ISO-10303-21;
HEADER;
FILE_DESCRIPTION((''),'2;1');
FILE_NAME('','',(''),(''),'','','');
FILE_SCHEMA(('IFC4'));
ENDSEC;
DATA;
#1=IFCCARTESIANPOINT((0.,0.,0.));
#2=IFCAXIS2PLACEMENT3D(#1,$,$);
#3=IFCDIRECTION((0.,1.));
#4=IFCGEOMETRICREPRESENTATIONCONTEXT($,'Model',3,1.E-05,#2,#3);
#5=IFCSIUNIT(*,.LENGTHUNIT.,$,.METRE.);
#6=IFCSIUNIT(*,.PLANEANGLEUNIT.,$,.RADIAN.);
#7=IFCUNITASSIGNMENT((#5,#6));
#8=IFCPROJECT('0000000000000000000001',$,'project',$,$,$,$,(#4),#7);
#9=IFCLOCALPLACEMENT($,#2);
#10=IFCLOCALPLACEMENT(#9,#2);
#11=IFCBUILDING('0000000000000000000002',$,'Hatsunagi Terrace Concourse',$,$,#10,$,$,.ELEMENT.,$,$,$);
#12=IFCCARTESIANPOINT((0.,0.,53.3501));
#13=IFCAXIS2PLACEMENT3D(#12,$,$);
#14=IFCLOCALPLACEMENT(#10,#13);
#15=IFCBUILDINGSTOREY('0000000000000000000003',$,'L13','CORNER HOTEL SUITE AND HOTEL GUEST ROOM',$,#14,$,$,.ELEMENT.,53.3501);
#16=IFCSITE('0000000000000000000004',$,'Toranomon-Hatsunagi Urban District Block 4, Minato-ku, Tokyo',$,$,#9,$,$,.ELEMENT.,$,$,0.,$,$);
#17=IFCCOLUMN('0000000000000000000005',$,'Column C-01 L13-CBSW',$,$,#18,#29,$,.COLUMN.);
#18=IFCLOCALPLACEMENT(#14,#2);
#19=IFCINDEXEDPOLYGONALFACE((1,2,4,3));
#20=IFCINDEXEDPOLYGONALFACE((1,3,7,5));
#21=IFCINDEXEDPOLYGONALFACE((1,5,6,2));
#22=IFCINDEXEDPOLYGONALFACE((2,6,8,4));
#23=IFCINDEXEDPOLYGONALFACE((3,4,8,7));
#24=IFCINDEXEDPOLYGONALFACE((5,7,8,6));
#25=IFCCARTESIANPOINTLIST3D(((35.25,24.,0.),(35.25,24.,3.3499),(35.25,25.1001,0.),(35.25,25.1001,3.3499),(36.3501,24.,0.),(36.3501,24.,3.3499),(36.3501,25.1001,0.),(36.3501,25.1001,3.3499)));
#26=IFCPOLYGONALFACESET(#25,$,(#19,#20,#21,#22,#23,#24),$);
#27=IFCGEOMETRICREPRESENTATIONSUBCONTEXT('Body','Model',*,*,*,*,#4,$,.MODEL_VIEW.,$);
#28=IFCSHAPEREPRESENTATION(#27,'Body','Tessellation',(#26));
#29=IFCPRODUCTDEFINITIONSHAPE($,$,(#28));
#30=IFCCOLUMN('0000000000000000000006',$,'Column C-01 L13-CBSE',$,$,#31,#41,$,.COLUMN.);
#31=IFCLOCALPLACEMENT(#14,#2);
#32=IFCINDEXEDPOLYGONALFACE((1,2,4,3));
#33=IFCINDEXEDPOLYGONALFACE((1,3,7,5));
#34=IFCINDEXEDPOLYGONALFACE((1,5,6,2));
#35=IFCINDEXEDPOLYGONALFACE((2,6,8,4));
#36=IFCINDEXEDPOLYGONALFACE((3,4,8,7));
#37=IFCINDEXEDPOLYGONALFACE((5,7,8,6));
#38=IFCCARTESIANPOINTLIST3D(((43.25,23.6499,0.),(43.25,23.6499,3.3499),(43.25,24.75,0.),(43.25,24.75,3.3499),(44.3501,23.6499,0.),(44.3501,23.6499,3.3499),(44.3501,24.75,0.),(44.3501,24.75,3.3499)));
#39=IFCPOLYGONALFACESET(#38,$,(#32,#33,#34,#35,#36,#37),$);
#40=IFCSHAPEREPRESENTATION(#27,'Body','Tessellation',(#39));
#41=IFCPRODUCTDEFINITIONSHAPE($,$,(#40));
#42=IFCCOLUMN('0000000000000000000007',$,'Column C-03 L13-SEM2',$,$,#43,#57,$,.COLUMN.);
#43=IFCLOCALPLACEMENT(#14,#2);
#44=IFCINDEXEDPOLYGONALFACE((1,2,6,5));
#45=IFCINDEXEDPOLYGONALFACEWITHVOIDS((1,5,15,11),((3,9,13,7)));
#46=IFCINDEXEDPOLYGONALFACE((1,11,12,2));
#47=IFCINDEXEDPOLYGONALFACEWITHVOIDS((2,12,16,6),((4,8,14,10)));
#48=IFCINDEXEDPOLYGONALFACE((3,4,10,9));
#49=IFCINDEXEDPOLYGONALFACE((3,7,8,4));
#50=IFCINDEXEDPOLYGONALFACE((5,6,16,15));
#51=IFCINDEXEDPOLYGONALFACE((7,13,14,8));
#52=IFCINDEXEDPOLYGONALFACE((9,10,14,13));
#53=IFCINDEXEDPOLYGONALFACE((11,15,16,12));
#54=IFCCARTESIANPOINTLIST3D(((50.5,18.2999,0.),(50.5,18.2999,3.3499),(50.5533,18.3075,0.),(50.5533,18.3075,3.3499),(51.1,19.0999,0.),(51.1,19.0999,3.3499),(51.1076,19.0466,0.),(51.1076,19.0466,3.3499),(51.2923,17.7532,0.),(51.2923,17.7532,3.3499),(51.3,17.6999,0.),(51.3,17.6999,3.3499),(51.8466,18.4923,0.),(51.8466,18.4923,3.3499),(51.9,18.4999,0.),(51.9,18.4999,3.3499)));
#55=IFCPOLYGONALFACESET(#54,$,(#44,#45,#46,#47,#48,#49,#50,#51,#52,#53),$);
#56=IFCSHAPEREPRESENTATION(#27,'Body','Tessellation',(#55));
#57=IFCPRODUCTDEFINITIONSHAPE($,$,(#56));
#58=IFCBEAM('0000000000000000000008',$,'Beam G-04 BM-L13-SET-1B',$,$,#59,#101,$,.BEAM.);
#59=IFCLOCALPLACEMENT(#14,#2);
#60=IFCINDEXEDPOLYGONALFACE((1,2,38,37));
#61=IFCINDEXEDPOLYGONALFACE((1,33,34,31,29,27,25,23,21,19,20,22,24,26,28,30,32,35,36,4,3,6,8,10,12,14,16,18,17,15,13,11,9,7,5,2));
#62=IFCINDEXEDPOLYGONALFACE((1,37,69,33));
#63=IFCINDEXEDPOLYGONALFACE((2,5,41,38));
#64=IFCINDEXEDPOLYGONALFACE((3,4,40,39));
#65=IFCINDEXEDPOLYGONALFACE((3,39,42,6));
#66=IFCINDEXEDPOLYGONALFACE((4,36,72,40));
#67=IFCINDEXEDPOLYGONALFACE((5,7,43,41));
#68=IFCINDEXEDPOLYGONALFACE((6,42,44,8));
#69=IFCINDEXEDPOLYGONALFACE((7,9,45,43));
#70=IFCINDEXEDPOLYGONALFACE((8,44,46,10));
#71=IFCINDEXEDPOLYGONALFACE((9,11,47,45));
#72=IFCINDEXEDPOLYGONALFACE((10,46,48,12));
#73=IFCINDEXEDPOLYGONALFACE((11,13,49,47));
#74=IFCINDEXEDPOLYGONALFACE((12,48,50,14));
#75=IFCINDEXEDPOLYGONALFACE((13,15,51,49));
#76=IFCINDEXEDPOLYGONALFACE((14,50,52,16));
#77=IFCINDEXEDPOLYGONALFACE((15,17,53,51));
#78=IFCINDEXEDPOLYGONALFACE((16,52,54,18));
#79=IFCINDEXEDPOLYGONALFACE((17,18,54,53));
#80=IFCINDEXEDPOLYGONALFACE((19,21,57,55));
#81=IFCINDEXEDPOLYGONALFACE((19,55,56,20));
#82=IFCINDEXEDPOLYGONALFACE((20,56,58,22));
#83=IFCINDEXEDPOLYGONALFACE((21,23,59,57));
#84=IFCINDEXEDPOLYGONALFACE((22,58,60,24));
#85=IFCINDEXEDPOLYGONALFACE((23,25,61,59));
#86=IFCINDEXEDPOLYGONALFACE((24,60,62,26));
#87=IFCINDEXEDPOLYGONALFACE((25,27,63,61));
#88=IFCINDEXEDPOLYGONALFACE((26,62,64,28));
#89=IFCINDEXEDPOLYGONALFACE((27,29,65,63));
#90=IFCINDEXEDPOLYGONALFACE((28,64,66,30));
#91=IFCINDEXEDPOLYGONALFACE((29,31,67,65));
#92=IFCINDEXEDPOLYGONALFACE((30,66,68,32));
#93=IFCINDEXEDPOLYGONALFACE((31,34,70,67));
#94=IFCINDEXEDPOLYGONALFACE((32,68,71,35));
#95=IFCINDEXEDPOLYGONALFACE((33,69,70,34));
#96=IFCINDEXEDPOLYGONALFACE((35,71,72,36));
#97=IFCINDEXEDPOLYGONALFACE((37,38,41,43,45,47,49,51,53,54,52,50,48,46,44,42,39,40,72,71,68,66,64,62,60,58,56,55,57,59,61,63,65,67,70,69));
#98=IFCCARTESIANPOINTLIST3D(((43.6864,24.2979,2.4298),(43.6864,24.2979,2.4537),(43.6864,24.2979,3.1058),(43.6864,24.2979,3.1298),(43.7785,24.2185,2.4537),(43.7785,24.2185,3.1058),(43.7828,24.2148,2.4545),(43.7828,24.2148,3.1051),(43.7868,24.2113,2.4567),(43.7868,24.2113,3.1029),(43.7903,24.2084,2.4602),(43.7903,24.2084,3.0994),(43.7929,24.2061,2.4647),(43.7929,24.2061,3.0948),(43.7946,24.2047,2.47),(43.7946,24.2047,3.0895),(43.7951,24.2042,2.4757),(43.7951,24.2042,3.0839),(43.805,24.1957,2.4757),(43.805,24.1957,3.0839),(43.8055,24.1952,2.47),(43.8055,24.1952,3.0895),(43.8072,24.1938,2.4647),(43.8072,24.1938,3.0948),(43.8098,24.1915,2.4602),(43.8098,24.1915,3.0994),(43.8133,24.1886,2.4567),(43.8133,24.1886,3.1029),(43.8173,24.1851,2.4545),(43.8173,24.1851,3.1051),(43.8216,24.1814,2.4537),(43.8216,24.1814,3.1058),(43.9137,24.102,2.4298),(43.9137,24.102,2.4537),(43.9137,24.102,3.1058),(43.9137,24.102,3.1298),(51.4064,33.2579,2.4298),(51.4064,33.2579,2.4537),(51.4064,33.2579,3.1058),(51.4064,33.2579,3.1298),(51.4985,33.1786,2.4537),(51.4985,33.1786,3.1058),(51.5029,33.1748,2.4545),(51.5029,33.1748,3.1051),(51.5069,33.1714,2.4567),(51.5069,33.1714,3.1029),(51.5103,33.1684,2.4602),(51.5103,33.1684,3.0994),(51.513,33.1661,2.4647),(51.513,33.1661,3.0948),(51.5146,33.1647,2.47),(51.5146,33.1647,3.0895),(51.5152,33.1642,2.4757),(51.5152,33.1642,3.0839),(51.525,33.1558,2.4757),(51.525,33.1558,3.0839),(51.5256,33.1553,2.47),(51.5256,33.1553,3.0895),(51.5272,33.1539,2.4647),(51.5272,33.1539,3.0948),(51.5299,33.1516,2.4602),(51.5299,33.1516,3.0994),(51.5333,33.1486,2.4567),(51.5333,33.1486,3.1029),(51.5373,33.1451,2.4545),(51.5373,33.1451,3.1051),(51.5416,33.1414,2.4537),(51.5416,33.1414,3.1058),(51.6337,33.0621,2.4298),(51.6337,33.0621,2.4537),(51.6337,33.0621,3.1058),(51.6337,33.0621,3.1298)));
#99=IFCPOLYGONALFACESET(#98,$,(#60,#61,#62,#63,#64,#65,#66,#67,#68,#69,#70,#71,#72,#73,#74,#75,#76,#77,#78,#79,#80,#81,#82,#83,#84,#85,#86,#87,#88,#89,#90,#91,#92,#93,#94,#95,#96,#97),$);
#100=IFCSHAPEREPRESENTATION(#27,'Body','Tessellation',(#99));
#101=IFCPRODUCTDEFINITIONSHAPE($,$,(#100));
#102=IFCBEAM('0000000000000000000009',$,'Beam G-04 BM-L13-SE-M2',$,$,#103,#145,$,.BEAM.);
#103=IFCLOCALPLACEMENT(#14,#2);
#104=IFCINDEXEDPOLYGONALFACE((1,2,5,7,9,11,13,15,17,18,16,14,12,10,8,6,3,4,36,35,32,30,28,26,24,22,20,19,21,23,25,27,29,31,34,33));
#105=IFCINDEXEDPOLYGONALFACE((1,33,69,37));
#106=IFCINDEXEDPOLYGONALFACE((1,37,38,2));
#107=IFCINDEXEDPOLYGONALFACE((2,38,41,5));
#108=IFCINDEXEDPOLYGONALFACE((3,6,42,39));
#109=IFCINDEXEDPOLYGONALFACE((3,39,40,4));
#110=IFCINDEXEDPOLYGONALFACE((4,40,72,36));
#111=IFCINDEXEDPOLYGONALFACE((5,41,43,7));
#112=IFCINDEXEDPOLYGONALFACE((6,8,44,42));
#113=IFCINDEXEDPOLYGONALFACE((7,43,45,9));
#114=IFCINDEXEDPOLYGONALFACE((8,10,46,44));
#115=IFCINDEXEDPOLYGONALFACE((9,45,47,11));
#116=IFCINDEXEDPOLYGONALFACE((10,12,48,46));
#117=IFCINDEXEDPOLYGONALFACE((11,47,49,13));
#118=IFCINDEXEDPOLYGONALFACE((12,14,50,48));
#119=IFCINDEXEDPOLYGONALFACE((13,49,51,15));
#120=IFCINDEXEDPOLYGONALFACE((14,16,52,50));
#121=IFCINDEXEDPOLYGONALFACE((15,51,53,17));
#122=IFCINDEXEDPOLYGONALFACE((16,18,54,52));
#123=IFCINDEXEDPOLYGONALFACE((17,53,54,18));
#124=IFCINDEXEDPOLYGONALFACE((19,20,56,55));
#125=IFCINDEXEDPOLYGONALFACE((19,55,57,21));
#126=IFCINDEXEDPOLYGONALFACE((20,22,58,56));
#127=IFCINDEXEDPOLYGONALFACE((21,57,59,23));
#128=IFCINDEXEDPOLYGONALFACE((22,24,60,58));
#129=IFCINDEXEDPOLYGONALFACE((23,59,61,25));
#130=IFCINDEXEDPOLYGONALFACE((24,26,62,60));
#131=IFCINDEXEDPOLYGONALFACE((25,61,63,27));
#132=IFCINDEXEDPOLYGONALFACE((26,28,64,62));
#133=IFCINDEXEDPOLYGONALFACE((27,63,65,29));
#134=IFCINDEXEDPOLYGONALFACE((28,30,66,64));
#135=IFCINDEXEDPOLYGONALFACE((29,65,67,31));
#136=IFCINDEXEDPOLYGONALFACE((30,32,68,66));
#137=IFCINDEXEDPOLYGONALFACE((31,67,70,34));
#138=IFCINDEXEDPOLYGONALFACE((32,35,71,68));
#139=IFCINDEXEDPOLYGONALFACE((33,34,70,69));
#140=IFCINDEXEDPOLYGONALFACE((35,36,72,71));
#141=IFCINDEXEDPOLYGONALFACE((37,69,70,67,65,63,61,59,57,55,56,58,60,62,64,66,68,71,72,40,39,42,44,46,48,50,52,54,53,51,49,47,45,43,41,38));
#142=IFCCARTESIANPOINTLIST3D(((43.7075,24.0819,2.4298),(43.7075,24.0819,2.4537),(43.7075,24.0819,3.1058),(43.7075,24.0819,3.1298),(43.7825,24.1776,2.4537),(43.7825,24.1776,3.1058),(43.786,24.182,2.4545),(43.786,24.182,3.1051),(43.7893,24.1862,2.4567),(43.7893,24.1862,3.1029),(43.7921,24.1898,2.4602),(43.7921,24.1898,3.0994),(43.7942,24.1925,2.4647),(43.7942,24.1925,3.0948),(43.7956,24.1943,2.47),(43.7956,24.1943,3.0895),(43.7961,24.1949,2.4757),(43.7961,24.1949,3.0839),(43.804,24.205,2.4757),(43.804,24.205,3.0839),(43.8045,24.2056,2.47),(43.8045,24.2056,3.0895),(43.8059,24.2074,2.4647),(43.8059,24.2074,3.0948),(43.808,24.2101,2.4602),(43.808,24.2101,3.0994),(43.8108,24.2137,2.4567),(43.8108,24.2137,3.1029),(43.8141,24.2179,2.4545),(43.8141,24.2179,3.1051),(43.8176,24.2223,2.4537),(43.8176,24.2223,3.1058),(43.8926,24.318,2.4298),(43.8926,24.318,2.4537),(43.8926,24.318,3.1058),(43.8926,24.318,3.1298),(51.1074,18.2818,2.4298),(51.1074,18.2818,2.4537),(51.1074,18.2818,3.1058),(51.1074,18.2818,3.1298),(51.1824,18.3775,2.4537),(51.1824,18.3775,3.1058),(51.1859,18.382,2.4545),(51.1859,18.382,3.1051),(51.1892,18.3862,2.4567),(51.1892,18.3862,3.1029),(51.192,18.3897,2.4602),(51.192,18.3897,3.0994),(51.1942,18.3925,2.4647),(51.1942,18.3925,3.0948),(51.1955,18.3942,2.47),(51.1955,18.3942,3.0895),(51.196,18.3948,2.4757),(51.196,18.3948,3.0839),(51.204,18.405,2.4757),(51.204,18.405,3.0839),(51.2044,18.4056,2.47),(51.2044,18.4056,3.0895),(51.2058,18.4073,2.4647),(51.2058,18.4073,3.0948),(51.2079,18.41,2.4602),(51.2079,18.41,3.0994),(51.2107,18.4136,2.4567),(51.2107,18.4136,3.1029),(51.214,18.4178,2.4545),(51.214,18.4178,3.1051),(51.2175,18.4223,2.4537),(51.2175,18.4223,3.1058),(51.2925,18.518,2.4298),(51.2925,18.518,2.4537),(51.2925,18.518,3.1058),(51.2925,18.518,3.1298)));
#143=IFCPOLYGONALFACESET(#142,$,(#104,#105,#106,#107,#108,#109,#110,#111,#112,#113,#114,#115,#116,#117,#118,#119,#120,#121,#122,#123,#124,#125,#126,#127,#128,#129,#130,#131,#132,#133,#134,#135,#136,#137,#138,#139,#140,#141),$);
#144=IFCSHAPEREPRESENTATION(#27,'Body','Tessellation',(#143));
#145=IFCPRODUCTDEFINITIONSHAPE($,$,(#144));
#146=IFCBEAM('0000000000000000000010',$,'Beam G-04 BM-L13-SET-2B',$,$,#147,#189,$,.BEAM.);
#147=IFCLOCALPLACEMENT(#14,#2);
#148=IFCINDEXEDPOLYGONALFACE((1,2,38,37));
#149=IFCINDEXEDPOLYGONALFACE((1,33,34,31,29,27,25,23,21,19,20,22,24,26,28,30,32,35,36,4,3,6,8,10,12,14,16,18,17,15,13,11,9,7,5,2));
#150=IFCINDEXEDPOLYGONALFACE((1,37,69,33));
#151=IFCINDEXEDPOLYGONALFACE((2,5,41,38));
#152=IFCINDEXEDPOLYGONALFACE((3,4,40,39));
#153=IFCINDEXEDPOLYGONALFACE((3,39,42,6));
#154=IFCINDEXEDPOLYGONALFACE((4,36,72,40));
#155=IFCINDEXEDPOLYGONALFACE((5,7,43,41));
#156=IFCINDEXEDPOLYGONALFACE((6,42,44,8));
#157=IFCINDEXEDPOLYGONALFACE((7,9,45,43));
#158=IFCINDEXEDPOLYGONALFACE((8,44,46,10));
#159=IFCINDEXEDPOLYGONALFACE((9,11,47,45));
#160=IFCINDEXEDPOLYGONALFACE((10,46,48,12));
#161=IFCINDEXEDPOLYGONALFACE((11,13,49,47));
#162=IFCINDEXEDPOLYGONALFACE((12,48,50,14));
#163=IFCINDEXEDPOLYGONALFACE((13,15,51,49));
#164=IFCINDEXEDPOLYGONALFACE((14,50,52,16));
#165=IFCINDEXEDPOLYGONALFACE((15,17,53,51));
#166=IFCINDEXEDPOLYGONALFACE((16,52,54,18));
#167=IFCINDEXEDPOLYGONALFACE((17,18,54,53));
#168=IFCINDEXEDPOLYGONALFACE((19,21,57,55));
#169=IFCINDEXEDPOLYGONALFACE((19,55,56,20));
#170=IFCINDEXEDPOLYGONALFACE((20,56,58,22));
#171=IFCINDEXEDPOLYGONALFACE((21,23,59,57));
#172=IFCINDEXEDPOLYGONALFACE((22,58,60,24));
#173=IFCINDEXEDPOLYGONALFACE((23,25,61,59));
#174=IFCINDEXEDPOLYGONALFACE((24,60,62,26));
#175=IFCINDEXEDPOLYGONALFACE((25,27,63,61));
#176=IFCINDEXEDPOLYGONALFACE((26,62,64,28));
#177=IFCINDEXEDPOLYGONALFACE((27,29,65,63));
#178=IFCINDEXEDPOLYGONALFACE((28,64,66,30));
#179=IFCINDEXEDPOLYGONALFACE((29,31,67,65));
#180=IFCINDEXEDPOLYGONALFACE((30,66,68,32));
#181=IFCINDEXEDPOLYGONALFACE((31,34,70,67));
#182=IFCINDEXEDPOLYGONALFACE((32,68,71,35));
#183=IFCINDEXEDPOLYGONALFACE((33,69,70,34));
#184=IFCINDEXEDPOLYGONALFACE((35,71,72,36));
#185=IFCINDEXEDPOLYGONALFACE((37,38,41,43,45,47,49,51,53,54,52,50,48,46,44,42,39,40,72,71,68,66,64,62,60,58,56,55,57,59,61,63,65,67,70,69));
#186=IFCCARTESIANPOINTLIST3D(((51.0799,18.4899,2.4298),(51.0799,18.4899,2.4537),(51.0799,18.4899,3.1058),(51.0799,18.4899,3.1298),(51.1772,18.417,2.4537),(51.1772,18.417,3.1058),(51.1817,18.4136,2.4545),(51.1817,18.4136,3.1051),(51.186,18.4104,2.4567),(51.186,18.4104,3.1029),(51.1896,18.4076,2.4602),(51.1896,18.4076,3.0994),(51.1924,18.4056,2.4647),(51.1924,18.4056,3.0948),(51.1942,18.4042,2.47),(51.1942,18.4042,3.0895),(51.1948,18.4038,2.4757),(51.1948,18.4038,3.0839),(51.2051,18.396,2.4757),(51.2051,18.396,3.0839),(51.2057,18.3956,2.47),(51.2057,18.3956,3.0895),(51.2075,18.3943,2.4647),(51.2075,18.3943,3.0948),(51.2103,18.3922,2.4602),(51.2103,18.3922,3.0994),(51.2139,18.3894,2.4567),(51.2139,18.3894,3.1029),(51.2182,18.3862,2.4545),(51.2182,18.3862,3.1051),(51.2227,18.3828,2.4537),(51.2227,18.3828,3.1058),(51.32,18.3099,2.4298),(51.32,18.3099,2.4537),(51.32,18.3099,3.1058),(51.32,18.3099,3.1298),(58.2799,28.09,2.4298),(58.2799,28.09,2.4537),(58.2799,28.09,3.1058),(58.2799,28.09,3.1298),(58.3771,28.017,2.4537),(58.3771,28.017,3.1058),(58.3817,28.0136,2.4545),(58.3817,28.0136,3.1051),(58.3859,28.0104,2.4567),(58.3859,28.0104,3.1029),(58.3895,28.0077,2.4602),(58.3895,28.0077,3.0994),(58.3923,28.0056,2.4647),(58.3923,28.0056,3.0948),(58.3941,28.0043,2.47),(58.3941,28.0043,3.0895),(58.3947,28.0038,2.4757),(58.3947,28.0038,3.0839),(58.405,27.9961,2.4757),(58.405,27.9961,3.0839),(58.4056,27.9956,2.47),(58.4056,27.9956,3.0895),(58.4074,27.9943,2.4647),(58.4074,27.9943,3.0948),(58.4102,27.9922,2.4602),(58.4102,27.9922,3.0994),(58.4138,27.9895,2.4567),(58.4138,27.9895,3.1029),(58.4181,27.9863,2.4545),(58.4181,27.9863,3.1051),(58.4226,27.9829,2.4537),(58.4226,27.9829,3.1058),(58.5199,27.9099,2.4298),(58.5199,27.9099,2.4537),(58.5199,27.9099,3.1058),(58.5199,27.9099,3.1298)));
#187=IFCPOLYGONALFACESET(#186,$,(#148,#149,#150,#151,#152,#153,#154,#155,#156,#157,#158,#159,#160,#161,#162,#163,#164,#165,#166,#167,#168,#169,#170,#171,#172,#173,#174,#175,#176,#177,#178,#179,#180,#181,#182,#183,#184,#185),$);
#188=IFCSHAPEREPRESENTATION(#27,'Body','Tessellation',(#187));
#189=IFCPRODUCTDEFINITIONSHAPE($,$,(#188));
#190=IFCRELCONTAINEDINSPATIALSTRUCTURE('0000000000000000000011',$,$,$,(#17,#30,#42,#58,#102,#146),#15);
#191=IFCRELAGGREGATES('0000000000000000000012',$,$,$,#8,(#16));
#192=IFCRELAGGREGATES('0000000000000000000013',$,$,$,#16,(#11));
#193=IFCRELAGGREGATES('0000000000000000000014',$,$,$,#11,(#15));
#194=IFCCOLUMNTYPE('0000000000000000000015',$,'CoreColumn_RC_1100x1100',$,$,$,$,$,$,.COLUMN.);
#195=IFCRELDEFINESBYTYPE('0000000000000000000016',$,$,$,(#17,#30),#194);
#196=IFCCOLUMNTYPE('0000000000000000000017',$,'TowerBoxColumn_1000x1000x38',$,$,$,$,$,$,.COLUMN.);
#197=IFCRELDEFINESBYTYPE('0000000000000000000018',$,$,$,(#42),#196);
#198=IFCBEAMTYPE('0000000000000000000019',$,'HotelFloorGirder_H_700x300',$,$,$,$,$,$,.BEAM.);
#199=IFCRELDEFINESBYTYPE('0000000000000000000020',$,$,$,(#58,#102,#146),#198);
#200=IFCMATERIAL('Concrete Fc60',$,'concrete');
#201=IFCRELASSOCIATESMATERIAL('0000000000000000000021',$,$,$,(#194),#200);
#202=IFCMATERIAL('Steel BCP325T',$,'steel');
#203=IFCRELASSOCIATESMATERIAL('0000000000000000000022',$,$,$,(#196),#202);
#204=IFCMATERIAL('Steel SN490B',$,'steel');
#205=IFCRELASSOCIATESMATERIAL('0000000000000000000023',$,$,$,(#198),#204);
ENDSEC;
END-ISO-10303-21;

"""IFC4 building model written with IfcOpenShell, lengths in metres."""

from ifc_helpers import new_model, si_unit, direction, frame, origin, origin_2d, place, context, subcontext, project, spatial, rectangle, hollow_rectangle, i_section, extrude, material, material_profile, profile_set, type_object, element, save


model = new_model("IFC4")

# Units and contexts
model_context = context("Model", 3, precision=1e-05, world=origin(), true_north=direction((0.0, 1.0)))
body_context = subcontext(model_context, "Body", "Model", "MODEL_VIEW")
ifc_project = project(units=[si_unit("LENGTHUNIT", "METRE"), si_unit("PLANEANGLEUNIT", "RADIAN")], contexts=[model_context])

# Site, building, storey
site_placement = place(None, origin())
site = spatial("IfcSite", under=ifc_project, at=site_placement, Name="Toranomon-Hatsunagi Urban District Block 4, Minato-ku, Tokyo", CompositionType="ELEMENT", RefElevation=0.0)
building_placement = place(site_placement, origin())
building = spatial("IfcBuilding", under=site, at=building_placement, Name="Hatsunagi Terrace Concourse", CompositionType="ELEMENT")
storey_placement = place(building_placement, frame((0.0, 0.0, 53.3501)))
storey = spatial("IfcBuildingStorey", under=building, at=storey_placement, Name="L13", Description="CORNER HOTEL SUITE AND HOTEL GUEST ROOM", CompositionType="ELEMENT", Elevation=53.3501)

# Columns
ifc_material_1 = material(Name="Concrete Fc60", Category="concrete")
ifc_material_profile_1 = material_profile(ifc_material_1, rectangle(XDim=1.1001, YDim=1.1001, at=origin_2d()), Name="RC-1100x1100")
ifc_profile_set_1 = profile_set([ifc_material_profile_1], Name="Concrete Fc60")
column_type_1 = type_object("IfcColumnType", Name="CoreColumn_RC_1100x1100", PredefinedType="COLUMN", material=ifc_profile_set_1)
for number, where, z_axis, x_axis, name in (
    (1, (35.8, 24.55, 0.0), (0.0, 0.0, 1.0), (1.0, 0.0, 0.0), "Column C-01 L13-CBSW"),
    (2, (43.8, 24.2, 0.0), (0.0, 0.0, 1.0), (1.0, 0.0, 0.0), "Column C-01 L13-CBSE"),
):
    element("IfcColumn", number, at=place(storey_placement, frame(where, z_axis=z_axis, x_axis=x_axis)), inside=storey, type_object=column_type_1, Name=name, PredefinedType="COLUMN", context=body_context, shape_type="SweptSolid", body=[
        extrude(rectangle(XDim=1.1001, YDim=1.1001, at=origin_2d()), origin(), (0.0, 0.0, 1.0), 3.3499),
    ])
ifc_material_2 = material(Name="Steel BCP325T", Category="steel")
ifc_material_profile_2 = material_profile(ifc_material_2, hollow_rectangle(XDim=1.0, YDim=1.0, WallThickness=0.0381, at=origin_2d()), Name="BCP-1000x1000x38")
ifc_profile_set_2 = profile_set([ifc_material_profile_2], Name="Steel BCP325T")
column_type_2 = type_object("IfcColumnType", Name="TowerBoxColumn_1000x1000x38", PredefinedType="COLUMN", material=ifc_profile_set_2)
column_placement = place(storey_placement, frame((51.2, 18.3999, 0.0), z_axis=(0.0, 0.0, 1.0), x_axis=(0.8, -0.6, 0.0)))
element("IfcColumn", 3, at=column_placement, inside=storey, type_object=column_type_2, Name="Column C-03 L13-SEM2", PredefinedType="COLUMN", context=body_context, shape_type="SweptSolid", body=[
    extrude(hollow_rectangle(XDim=1.0, YDim=1.0, WallThickness=0.0381, at=origin_2d()), origin(), (0.0, 0.0, 1.0), 3.3499),
])

# Beams
ifc_material_3 = material(Name="Steel SN490B", Category="steel")
ifc_material_profile_3 = material_profile(ifc_material_3, i_section(OverallWidth=0.3, OverallDepth=0.7, WebThickness=0.0129, FlangeThickness=0.0239, FilletRadius=0.022, at=origin_2d()), Name="H-700x300x13x24")
ifc_profile_set_3 = profile_set([ifc_material_profile_3], Name="Steel SN490B")
beam_type_1 = type_object("IfcBeamType", Name="HotelFloorGirder_H_700x300", PredefinedType="BEAM", material=ifc_profile_set_3)
beam_1_placement = place(storey_placement, frame((43.8, 24.2, 2.7798), z_axis=(0.652739, 0.757583, 0.0), x_axis=(-0.757583, 0.652739, 0.0)))
element("IfcBeam", 4, at=beam_1_placement, inside=storey, type_object=beam_type_1, Name="Beam G-04 BM-L13-SET-1B", PredefinedType="BEAM", context=body_context, shape_type="SweptSolid", body=[
    extrude(i_section(OverallWidth=0.3, OverallDepth=0.7, WebThickness=0.0129, FlangeThickness=0.0239, FilletRadius=0.022, at=origin_2d()), origin(), (0.0, 0.0, 1.0), 11.8271),
])
beam_2_placement = place(storey_placement, frame((43.8, 24.2, 2.7798), z_axis=(0.787049, -0.61689, 0.0), x_axis=(0.61689, 0.787049, 0.0)))
element("IfcBeam", 5, at=beam_2_placement, inside=storey, type_object=beam_type_1, Name="Beam G-04 BM-L13-SE-M2", PredefinedType="BEAM", context=body_context, shape_type="SweptSolid", body=[
    extrude(i_section(OverallWidth=0.3, OverallDepth=0.7, WebThickness=0.0129, FlangeThickness=0.0239, FilletRadius=0.022, at=origin_2d()), origin(), (0.0, 0.0, 1.0), 9.4021),
])
beam_3_placement = place(storey_placement, frame((51.2, 18.3999, 2.7798), z_axis=(0.599993, 0.800005, 0.0), x_axis=(-0.800005, 0.599993, 0.0)))
element("IfcBeam", 6, at=beam_3_placement, inside=storey, type_object=beam_type_1, Name="Beam G-04 BM-L13-SET-2B", PredefinedType="BEAM", context=body_context, shape_type="SweptSolid", body=[
    extrude(i_section(OverallWidth=0.3, OverallDepth=0.7, WebThickness=0.0129, FlangeThickness=0.0239, FilletRadius=0.022, at=origin_2d()), origin(), (0.0, 0.0, 1.0), 12.0),
])

save(model, "model.ifc")
